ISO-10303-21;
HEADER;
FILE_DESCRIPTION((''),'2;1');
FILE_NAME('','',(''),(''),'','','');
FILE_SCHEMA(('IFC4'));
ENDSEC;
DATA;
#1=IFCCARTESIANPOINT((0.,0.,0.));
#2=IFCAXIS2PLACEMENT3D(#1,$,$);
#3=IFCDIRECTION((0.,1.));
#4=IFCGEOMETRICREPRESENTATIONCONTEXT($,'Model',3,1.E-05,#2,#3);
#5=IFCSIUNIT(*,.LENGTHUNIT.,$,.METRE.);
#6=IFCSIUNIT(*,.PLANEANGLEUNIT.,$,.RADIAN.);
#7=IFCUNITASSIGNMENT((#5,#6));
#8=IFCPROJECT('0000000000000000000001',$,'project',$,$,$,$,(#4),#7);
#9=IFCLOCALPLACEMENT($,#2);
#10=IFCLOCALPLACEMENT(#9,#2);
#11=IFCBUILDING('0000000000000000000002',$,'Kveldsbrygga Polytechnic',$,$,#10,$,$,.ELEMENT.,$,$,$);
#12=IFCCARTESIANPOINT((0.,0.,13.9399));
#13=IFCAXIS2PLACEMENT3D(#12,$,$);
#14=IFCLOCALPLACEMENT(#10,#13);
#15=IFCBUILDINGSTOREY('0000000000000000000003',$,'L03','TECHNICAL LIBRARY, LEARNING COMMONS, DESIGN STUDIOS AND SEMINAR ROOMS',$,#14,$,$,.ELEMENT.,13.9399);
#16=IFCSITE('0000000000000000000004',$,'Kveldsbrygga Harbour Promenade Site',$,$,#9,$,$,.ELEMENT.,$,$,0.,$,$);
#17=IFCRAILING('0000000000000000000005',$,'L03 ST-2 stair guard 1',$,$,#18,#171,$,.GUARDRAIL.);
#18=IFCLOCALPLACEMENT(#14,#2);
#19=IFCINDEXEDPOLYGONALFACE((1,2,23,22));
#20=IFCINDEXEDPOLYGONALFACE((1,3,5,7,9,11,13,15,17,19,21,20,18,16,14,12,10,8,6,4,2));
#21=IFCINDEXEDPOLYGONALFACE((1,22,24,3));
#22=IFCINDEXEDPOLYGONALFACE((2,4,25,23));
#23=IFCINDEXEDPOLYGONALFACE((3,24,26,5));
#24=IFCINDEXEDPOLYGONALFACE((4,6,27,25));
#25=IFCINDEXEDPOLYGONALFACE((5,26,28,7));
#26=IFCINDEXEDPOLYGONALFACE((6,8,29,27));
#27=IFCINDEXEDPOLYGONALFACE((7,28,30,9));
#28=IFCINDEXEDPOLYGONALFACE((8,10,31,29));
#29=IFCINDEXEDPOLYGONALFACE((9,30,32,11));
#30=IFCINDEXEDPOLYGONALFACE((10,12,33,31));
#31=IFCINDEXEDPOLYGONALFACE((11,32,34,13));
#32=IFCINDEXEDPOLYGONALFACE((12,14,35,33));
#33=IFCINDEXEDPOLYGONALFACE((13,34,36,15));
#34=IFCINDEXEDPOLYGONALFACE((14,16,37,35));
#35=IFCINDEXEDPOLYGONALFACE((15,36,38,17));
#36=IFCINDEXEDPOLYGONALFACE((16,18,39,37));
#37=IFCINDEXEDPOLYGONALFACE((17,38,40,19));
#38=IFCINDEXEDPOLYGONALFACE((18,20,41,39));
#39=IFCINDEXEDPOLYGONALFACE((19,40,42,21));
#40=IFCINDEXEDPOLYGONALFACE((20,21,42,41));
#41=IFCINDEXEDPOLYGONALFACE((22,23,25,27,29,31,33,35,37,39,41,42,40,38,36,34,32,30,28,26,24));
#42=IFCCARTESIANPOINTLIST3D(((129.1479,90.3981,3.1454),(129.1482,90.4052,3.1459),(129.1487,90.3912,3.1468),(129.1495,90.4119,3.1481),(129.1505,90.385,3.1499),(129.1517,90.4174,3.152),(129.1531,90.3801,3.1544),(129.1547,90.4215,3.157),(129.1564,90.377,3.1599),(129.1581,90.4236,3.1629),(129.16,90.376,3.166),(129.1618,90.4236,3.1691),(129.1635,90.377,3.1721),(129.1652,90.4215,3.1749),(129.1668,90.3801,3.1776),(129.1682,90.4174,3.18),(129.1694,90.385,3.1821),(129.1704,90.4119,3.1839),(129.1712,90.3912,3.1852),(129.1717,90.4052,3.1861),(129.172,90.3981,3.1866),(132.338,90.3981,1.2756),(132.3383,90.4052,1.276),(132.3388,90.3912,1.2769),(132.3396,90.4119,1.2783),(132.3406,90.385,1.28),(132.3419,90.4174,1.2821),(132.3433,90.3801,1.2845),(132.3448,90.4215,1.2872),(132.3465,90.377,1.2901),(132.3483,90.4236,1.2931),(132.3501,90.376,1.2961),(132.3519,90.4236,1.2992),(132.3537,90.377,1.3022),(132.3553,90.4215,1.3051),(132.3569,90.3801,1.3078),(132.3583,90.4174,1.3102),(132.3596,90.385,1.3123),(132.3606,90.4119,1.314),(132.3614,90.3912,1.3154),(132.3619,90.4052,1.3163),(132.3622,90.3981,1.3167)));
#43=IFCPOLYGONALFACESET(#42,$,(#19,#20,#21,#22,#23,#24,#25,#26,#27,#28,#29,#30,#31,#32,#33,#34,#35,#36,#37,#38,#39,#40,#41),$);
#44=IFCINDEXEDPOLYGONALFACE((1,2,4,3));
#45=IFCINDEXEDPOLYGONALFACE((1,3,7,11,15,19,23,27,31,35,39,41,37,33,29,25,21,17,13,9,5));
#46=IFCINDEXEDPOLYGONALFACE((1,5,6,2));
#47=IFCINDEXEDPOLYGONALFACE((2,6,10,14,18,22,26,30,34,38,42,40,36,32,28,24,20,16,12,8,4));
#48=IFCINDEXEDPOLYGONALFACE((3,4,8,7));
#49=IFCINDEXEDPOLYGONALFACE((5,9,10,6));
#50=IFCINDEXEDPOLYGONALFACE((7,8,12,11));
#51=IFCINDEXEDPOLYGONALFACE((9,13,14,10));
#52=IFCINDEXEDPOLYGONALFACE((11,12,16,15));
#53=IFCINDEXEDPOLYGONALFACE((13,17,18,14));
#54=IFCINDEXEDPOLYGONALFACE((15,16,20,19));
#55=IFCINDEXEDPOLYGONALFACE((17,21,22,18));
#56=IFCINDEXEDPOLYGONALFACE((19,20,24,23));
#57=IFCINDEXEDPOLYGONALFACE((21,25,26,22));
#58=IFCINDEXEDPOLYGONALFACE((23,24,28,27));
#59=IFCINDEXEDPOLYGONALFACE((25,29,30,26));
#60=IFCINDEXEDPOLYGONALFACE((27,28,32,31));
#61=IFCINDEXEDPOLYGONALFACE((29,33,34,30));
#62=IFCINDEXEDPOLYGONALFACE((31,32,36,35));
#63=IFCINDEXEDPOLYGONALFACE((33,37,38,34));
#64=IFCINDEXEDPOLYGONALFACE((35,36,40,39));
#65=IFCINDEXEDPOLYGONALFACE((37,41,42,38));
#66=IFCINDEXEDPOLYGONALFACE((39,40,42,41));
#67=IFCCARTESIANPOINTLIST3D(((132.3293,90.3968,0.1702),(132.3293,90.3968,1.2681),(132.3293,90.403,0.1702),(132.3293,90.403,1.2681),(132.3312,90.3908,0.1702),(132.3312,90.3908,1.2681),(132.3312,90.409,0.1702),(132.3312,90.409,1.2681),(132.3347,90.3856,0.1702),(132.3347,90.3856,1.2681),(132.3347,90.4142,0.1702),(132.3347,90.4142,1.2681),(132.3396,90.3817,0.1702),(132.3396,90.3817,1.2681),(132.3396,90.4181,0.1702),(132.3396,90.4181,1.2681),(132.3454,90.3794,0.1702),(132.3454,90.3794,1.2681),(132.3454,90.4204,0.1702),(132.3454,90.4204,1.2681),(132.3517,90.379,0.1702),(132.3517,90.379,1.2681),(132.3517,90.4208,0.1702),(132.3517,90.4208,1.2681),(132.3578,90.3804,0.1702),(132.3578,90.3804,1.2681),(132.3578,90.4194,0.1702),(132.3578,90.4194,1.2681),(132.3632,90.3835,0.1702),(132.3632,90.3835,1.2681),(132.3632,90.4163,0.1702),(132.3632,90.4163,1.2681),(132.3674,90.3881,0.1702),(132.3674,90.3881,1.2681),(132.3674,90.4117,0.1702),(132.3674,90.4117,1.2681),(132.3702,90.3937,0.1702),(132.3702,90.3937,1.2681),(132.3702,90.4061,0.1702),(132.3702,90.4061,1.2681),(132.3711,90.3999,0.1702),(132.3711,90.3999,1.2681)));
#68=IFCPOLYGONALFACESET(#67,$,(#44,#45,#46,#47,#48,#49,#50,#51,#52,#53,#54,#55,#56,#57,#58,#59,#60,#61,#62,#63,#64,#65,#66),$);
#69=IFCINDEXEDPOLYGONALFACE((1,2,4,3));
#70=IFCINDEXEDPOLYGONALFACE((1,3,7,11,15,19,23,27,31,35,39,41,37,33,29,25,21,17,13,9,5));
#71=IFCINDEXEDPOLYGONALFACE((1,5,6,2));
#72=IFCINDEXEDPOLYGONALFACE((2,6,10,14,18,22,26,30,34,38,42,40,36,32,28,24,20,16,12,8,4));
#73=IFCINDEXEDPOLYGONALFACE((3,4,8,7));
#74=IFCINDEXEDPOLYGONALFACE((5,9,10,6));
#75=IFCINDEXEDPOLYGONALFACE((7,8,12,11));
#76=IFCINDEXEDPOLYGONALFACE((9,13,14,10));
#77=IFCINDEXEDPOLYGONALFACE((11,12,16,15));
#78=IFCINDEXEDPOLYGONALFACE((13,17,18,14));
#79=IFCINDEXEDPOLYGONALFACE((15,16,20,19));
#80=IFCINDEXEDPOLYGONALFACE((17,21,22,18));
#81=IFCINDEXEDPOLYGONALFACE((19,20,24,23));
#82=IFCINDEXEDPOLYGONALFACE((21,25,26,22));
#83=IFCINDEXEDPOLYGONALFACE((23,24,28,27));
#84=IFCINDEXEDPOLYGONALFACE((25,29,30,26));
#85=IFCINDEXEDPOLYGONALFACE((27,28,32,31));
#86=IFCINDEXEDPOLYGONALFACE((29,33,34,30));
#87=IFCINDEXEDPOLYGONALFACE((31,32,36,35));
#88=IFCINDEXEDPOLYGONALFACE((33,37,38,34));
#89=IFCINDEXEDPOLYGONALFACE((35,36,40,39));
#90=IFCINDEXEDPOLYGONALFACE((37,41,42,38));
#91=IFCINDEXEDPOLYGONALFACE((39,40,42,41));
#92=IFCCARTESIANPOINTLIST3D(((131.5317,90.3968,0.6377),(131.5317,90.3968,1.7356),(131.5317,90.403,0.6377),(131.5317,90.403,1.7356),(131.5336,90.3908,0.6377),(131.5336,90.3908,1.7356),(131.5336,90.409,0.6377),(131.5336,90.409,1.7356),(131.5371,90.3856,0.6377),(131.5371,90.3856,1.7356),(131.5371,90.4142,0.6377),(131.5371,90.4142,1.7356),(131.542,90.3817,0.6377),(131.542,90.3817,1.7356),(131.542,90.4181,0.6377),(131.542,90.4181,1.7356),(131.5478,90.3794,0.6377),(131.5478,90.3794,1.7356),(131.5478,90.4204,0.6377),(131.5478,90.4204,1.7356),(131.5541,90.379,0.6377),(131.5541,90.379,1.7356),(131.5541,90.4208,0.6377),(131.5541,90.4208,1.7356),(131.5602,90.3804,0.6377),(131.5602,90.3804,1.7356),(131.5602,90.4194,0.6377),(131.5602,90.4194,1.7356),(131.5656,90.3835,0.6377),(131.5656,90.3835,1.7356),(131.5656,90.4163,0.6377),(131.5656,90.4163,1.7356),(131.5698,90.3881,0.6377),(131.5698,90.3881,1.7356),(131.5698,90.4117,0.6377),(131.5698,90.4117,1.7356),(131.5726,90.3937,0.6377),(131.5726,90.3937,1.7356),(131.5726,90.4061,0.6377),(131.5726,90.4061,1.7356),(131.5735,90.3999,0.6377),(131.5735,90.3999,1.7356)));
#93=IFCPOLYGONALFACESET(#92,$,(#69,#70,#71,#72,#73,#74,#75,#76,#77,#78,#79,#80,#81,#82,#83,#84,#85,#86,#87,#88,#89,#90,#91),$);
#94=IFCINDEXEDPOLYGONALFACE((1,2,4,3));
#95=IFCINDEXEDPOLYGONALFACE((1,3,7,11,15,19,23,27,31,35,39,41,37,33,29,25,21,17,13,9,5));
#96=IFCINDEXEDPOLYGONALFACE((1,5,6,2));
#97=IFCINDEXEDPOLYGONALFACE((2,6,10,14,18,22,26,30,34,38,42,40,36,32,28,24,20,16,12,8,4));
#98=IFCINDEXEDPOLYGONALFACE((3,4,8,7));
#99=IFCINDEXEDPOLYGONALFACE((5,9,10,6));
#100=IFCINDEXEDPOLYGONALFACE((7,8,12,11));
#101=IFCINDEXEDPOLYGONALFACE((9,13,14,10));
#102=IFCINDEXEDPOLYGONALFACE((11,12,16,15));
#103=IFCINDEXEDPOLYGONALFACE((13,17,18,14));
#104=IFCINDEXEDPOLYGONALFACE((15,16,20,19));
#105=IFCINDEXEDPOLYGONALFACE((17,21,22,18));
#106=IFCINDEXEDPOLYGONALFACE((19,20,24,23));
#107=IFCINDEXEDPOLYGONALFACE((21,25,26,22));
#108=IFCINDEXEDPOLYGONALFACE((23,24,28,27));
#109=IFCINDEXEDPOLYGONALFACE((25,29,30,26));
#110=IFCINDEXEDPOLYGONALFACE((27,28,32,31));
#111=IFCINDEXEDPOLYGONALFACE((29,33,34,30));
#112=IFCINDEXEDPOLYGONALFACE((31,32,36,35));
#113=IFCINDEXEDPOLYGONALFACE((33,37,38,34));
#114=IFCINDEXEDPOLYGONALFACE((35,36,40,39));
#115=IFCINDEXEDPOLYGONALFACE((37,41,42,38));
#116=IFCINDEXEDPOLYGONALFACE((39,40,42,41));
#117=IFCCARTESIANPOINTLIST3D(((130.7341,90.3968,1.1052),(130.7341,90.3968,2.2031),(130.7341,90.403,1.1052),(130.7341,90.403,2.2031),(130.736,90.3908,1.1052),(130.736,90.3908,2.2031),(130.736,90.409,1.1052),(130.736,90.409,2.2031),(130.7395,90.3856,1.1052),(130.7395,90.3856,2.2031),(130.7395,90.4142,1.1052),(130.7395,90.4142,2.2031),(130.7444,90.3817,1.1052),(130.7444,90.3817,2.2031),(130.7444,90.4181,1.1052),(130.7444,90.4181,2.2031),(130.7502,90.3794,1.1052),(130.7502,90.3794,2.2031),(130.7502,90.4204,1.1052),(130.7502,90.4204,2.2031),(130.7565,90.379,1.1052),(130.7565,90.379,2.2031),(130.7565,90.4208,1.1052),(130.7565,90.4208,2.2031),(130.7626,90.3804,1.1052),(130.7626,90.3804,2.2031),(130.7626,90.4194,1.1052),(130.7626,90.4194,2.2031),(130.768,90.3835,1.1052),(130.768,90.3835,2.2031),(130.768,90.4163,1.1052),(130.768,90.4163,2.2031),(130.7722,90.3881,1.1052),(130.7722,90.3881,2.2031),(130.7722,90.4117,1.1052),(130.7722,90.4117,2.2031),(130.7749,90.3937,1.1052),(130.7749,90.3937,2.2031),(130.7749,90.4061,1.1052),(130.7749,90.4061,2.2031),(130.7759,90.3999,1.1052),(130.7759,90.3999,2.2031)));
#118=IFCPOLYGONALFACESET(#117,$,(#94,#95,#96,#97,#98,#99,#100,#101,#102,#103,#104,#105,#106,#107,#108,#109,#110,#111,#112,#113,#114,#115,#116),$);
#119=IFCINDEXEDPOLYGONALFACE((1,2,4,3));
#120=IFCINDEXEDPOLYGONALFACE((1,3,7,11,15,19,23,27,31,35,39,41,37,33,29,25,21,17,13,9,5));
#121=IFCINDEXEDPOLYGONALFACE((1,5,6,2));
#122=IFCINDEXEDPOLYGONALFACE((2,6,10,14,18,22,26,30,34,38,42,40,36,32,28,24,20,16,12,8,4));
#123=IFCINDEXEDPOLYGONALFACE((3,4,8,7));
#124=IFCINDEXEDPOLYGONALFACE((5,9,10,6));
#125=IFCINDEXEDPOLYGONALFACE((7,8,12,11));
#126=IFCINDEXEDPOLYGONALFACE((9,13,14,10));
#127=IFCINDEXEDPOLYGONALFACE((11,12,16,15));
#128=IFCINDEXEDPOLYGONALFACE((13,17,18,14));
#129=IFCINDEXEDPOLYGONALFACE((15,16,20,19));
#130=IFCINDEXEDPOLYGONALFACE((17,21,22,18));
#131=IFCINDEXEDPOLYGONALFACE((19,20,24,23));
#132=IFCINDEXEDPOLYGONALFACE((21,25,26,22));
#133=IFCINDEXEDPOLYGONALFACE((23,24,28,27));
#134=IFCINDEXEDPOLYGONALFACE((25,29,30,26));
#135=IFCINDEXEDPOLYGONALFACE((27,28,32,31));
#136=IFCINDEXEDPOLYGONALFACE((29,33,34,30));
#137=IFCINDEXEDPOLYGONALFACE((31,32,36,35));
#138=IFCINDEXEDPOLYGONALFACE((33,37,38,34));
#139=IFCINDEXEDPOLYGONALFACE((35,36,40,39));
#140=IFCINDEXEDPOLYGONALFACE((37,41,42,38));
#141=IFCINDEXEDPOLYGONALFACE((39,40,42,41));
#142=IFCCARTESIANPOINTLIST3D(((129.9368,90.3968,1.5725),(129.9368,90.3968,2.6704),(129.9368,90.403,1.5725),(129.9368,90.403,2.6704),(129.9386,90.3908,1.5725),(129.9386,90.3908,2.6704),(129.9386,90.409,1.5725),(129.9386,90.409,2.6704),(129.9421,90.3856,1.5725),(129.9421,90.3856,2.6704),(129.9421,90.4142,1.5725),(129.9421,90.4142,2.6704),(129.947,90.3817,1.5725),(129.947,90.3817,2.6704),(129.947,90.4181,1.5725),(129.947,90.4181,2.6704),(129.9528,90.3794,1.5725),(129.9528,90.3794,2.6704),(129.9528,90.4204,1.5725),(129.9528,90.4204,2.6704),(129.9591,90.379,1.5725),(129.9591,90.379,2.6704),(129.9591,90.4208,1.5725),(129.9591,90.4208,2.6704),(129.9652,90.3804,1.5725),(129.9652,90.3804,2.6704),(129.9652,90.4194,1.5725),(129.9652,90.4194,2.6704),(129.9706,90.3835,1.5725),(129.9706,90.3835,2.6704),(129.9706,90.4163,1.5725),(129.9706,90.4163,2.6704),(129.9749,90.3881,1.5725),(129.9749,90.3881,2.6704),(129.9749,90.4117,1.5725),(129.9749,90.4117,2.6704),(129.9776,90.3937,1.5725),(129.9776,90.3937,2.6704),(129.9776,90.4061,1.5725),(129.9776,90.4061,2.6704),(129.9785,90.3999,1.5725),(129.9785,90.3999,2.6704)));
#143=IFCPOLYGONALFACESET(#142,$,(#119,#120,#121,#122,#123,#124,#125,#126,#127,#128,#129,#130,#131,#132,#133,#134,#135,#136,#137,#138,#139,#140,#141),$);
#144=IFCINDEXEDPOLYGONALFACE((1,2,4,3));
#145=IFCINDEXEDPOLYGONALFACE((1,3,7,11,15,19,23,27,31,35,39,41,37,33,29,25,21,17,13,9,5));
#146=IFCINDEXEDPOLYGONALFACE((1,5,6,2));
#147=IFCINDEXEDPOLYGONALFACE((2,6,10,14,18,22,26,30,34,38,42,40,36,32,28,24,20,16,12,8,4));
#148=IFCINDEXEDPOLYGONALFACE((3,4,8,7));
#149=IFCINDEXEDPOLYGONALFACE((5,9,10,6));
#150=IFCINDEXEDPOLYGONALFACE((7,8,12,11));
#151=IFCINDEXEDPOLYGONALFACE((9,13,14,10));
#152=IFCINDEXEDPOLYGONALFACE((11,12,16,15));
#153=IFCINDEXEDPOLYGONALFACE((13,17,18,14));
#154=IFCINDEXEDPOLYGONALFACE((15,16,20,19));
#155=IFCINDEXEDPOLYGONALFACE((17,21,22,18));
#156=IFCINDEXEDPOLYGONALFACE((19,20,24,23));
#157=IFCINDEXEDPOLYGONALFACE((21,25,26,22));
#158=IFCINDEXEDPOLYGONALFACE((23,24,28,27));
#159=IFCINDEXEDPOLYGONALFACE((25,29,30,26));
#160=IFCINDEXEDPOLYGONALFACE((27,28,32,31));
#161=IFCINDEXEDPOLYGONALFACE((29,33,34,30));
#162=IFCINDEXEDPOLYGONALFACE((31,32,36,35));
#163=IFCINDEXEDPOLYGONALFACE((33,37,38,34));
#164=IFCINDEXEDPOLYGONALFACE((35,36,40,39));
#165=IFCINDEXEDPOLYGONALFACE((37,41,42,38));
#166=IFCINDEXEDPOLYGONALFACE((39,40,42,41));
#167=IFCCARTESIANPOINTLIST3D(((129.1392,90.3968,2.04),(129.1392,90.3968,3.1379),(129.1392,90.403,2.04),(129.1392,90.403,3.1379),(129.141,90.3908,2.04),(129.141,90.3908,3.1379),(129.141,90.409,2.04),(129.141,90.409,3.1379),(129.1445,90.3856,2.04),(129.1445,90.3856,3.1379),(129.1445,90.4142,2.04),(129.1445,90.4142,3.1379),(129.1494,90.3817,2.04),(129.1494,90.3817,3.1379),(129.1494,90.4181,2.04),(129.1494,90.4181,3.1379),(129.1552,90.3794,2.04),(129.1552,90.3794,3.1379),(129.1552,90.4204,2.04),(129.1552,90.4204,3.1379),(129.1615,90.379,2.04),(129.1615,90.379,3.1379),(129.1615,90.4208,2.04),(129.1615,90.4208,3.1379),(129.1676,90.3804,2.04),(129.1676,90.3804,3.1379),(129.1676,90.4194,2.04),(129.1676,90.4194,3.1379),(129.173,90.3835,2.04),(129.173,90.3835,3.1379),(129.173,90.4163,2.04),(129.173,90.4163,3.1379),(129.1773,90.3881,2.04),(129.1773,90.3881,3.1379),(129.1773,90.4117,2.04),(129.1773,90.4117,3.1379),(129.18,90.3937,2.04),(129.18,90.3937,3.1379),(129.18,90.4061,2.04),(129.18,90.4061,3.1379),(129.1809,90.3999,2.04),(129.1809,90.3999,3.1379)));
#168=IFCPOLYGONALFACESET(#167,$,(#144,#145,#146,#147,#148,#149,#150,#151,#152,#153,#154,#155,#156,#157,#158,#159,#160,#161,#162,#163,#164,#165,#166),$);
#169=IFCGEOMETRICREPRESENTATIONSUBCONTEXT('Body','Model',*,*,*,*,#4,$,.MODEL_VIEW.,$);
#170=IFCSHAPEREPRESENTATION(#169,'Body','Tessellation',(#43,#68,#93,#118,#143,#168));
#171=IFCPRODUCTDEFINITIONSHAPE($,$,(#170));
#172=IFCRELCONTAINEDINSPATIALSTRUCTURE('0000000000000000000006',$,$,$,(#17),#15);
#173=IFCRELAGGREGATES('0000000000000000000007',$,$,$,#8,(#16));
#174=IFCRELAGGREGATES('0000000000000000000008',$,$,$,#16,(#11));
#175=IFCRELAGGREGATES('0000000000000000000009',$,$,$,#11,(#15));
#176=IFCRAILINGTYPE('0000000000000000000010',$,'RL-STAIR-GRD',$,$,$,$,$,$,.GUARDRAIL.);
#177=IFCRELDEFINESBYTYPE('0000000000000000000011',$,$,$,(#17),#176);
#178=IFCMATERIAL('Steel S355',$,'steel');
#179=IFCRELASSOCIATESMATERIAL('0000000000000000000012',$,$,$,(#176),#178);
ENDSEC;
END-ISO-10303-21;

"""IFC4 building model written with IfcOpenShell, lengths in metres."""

from ifc_helpers import new_model, si_unit, direction, frame, origin, origin_2d, place, context, subcontext, project, spatial, circle, extrude, material, type_object, element, save


model = new_model("IFC4")

# Units and contexts
model_context = context("Model", 3, precision=1e-05, world=origin(), true_north=direction((0.0, 1.0)))
body_context = subcontext(model_context, "Body", "Model", "MODEL_VIEW")
ifc_project = project(units=[si_unit("LENGTHUNIT", "METRE"), si_unit("PLANEANGLEUNIT", "RADIAN")], contexts=[model_context])

# Site, building, storey
site_placement = place(None, origin())
site = spatial("IfcSite", under=ifc_project, at=site_placement, Name="Kveldsbrygga Harbour Promenade Site", CompositionType="ELEMENT", RefElevation=0.0)
building_placement = place(site_placement, origin())
building = spatial("IfcBuilding", under=site, at=building_placement, Name="Kveldsbrygga Polytechnic", CompositionType="ELEMENT")
storey_placement = place(building_placement, frame((0.0, 0.0, 13.9399)))
storey = spatial("IfcBuildingStorey", under=building, at=storey_placement, Name="L03", Description="TECHNICAL LIBRARY, LEARNING COMMONS, DESIGN STUDIOS AND SEMINAR ROOMS", CompositionType="ELEMENT", Elevation=13.9399)

# Railing
ifc_material_1 = material(Name="Steel S355", Category="steel")
railing_type_1 = type_object("IfcRailingType", Name="RL-STAIR-GRD", PredefinedType="GUARDRAIL", material=ifc_material_1)
railing_1_placement = place(storey_placement, frame((132.3501, 90.3999, 0.1702)))
element("IfcRailing", 1, at=railing_1_placement, inside=storey, type_object=railing_type_1, Name="L03 ST-2 stair guard 1", PredefinedType="GUARDRAIL", context=body_context, shape_type="SweptSolid", body=[
    extrude(circle(Radius=0.0239, at=origin_2d()), frame((0.0, 0.0, 1.126), z_axis=(-0.862726, 0.0, 0.505672), x_axis=(0.0, -1.0, 0.0)), (0.0, 0.0, 1.0), 3.6978),
    extrude(circle(Radius=0.021, at=origin_2d()), origin(), (0.0, 0.0, 1.0), 1.0979),
    extrude(circle(Radius=0.021, at=origin_2d()), frame((-0.7976, 0.0, 0.4675)), (0.0, 0.0, 1.0), 1.0979),
    extrude(circle(Radius=0.021, at=origin_2d()), frame((-1.5952, 0.0, 0.9351)), (0.0, 0.0, 1.0), 1.0979),
    extrude(circle(Radius=0.021, at=origin_2d()), frame((-2.3926, 0.0, 1.4023)), (0.0, 0.0, 1.0), 1.0979),
    extrude(circle(Radius=0.021, at=origin_2d()), frame((-3.1902, 0.0, 1.8699)), (0.0, 0.0, 1.0), 1.0979),
])

save(model, "model.ifc")
